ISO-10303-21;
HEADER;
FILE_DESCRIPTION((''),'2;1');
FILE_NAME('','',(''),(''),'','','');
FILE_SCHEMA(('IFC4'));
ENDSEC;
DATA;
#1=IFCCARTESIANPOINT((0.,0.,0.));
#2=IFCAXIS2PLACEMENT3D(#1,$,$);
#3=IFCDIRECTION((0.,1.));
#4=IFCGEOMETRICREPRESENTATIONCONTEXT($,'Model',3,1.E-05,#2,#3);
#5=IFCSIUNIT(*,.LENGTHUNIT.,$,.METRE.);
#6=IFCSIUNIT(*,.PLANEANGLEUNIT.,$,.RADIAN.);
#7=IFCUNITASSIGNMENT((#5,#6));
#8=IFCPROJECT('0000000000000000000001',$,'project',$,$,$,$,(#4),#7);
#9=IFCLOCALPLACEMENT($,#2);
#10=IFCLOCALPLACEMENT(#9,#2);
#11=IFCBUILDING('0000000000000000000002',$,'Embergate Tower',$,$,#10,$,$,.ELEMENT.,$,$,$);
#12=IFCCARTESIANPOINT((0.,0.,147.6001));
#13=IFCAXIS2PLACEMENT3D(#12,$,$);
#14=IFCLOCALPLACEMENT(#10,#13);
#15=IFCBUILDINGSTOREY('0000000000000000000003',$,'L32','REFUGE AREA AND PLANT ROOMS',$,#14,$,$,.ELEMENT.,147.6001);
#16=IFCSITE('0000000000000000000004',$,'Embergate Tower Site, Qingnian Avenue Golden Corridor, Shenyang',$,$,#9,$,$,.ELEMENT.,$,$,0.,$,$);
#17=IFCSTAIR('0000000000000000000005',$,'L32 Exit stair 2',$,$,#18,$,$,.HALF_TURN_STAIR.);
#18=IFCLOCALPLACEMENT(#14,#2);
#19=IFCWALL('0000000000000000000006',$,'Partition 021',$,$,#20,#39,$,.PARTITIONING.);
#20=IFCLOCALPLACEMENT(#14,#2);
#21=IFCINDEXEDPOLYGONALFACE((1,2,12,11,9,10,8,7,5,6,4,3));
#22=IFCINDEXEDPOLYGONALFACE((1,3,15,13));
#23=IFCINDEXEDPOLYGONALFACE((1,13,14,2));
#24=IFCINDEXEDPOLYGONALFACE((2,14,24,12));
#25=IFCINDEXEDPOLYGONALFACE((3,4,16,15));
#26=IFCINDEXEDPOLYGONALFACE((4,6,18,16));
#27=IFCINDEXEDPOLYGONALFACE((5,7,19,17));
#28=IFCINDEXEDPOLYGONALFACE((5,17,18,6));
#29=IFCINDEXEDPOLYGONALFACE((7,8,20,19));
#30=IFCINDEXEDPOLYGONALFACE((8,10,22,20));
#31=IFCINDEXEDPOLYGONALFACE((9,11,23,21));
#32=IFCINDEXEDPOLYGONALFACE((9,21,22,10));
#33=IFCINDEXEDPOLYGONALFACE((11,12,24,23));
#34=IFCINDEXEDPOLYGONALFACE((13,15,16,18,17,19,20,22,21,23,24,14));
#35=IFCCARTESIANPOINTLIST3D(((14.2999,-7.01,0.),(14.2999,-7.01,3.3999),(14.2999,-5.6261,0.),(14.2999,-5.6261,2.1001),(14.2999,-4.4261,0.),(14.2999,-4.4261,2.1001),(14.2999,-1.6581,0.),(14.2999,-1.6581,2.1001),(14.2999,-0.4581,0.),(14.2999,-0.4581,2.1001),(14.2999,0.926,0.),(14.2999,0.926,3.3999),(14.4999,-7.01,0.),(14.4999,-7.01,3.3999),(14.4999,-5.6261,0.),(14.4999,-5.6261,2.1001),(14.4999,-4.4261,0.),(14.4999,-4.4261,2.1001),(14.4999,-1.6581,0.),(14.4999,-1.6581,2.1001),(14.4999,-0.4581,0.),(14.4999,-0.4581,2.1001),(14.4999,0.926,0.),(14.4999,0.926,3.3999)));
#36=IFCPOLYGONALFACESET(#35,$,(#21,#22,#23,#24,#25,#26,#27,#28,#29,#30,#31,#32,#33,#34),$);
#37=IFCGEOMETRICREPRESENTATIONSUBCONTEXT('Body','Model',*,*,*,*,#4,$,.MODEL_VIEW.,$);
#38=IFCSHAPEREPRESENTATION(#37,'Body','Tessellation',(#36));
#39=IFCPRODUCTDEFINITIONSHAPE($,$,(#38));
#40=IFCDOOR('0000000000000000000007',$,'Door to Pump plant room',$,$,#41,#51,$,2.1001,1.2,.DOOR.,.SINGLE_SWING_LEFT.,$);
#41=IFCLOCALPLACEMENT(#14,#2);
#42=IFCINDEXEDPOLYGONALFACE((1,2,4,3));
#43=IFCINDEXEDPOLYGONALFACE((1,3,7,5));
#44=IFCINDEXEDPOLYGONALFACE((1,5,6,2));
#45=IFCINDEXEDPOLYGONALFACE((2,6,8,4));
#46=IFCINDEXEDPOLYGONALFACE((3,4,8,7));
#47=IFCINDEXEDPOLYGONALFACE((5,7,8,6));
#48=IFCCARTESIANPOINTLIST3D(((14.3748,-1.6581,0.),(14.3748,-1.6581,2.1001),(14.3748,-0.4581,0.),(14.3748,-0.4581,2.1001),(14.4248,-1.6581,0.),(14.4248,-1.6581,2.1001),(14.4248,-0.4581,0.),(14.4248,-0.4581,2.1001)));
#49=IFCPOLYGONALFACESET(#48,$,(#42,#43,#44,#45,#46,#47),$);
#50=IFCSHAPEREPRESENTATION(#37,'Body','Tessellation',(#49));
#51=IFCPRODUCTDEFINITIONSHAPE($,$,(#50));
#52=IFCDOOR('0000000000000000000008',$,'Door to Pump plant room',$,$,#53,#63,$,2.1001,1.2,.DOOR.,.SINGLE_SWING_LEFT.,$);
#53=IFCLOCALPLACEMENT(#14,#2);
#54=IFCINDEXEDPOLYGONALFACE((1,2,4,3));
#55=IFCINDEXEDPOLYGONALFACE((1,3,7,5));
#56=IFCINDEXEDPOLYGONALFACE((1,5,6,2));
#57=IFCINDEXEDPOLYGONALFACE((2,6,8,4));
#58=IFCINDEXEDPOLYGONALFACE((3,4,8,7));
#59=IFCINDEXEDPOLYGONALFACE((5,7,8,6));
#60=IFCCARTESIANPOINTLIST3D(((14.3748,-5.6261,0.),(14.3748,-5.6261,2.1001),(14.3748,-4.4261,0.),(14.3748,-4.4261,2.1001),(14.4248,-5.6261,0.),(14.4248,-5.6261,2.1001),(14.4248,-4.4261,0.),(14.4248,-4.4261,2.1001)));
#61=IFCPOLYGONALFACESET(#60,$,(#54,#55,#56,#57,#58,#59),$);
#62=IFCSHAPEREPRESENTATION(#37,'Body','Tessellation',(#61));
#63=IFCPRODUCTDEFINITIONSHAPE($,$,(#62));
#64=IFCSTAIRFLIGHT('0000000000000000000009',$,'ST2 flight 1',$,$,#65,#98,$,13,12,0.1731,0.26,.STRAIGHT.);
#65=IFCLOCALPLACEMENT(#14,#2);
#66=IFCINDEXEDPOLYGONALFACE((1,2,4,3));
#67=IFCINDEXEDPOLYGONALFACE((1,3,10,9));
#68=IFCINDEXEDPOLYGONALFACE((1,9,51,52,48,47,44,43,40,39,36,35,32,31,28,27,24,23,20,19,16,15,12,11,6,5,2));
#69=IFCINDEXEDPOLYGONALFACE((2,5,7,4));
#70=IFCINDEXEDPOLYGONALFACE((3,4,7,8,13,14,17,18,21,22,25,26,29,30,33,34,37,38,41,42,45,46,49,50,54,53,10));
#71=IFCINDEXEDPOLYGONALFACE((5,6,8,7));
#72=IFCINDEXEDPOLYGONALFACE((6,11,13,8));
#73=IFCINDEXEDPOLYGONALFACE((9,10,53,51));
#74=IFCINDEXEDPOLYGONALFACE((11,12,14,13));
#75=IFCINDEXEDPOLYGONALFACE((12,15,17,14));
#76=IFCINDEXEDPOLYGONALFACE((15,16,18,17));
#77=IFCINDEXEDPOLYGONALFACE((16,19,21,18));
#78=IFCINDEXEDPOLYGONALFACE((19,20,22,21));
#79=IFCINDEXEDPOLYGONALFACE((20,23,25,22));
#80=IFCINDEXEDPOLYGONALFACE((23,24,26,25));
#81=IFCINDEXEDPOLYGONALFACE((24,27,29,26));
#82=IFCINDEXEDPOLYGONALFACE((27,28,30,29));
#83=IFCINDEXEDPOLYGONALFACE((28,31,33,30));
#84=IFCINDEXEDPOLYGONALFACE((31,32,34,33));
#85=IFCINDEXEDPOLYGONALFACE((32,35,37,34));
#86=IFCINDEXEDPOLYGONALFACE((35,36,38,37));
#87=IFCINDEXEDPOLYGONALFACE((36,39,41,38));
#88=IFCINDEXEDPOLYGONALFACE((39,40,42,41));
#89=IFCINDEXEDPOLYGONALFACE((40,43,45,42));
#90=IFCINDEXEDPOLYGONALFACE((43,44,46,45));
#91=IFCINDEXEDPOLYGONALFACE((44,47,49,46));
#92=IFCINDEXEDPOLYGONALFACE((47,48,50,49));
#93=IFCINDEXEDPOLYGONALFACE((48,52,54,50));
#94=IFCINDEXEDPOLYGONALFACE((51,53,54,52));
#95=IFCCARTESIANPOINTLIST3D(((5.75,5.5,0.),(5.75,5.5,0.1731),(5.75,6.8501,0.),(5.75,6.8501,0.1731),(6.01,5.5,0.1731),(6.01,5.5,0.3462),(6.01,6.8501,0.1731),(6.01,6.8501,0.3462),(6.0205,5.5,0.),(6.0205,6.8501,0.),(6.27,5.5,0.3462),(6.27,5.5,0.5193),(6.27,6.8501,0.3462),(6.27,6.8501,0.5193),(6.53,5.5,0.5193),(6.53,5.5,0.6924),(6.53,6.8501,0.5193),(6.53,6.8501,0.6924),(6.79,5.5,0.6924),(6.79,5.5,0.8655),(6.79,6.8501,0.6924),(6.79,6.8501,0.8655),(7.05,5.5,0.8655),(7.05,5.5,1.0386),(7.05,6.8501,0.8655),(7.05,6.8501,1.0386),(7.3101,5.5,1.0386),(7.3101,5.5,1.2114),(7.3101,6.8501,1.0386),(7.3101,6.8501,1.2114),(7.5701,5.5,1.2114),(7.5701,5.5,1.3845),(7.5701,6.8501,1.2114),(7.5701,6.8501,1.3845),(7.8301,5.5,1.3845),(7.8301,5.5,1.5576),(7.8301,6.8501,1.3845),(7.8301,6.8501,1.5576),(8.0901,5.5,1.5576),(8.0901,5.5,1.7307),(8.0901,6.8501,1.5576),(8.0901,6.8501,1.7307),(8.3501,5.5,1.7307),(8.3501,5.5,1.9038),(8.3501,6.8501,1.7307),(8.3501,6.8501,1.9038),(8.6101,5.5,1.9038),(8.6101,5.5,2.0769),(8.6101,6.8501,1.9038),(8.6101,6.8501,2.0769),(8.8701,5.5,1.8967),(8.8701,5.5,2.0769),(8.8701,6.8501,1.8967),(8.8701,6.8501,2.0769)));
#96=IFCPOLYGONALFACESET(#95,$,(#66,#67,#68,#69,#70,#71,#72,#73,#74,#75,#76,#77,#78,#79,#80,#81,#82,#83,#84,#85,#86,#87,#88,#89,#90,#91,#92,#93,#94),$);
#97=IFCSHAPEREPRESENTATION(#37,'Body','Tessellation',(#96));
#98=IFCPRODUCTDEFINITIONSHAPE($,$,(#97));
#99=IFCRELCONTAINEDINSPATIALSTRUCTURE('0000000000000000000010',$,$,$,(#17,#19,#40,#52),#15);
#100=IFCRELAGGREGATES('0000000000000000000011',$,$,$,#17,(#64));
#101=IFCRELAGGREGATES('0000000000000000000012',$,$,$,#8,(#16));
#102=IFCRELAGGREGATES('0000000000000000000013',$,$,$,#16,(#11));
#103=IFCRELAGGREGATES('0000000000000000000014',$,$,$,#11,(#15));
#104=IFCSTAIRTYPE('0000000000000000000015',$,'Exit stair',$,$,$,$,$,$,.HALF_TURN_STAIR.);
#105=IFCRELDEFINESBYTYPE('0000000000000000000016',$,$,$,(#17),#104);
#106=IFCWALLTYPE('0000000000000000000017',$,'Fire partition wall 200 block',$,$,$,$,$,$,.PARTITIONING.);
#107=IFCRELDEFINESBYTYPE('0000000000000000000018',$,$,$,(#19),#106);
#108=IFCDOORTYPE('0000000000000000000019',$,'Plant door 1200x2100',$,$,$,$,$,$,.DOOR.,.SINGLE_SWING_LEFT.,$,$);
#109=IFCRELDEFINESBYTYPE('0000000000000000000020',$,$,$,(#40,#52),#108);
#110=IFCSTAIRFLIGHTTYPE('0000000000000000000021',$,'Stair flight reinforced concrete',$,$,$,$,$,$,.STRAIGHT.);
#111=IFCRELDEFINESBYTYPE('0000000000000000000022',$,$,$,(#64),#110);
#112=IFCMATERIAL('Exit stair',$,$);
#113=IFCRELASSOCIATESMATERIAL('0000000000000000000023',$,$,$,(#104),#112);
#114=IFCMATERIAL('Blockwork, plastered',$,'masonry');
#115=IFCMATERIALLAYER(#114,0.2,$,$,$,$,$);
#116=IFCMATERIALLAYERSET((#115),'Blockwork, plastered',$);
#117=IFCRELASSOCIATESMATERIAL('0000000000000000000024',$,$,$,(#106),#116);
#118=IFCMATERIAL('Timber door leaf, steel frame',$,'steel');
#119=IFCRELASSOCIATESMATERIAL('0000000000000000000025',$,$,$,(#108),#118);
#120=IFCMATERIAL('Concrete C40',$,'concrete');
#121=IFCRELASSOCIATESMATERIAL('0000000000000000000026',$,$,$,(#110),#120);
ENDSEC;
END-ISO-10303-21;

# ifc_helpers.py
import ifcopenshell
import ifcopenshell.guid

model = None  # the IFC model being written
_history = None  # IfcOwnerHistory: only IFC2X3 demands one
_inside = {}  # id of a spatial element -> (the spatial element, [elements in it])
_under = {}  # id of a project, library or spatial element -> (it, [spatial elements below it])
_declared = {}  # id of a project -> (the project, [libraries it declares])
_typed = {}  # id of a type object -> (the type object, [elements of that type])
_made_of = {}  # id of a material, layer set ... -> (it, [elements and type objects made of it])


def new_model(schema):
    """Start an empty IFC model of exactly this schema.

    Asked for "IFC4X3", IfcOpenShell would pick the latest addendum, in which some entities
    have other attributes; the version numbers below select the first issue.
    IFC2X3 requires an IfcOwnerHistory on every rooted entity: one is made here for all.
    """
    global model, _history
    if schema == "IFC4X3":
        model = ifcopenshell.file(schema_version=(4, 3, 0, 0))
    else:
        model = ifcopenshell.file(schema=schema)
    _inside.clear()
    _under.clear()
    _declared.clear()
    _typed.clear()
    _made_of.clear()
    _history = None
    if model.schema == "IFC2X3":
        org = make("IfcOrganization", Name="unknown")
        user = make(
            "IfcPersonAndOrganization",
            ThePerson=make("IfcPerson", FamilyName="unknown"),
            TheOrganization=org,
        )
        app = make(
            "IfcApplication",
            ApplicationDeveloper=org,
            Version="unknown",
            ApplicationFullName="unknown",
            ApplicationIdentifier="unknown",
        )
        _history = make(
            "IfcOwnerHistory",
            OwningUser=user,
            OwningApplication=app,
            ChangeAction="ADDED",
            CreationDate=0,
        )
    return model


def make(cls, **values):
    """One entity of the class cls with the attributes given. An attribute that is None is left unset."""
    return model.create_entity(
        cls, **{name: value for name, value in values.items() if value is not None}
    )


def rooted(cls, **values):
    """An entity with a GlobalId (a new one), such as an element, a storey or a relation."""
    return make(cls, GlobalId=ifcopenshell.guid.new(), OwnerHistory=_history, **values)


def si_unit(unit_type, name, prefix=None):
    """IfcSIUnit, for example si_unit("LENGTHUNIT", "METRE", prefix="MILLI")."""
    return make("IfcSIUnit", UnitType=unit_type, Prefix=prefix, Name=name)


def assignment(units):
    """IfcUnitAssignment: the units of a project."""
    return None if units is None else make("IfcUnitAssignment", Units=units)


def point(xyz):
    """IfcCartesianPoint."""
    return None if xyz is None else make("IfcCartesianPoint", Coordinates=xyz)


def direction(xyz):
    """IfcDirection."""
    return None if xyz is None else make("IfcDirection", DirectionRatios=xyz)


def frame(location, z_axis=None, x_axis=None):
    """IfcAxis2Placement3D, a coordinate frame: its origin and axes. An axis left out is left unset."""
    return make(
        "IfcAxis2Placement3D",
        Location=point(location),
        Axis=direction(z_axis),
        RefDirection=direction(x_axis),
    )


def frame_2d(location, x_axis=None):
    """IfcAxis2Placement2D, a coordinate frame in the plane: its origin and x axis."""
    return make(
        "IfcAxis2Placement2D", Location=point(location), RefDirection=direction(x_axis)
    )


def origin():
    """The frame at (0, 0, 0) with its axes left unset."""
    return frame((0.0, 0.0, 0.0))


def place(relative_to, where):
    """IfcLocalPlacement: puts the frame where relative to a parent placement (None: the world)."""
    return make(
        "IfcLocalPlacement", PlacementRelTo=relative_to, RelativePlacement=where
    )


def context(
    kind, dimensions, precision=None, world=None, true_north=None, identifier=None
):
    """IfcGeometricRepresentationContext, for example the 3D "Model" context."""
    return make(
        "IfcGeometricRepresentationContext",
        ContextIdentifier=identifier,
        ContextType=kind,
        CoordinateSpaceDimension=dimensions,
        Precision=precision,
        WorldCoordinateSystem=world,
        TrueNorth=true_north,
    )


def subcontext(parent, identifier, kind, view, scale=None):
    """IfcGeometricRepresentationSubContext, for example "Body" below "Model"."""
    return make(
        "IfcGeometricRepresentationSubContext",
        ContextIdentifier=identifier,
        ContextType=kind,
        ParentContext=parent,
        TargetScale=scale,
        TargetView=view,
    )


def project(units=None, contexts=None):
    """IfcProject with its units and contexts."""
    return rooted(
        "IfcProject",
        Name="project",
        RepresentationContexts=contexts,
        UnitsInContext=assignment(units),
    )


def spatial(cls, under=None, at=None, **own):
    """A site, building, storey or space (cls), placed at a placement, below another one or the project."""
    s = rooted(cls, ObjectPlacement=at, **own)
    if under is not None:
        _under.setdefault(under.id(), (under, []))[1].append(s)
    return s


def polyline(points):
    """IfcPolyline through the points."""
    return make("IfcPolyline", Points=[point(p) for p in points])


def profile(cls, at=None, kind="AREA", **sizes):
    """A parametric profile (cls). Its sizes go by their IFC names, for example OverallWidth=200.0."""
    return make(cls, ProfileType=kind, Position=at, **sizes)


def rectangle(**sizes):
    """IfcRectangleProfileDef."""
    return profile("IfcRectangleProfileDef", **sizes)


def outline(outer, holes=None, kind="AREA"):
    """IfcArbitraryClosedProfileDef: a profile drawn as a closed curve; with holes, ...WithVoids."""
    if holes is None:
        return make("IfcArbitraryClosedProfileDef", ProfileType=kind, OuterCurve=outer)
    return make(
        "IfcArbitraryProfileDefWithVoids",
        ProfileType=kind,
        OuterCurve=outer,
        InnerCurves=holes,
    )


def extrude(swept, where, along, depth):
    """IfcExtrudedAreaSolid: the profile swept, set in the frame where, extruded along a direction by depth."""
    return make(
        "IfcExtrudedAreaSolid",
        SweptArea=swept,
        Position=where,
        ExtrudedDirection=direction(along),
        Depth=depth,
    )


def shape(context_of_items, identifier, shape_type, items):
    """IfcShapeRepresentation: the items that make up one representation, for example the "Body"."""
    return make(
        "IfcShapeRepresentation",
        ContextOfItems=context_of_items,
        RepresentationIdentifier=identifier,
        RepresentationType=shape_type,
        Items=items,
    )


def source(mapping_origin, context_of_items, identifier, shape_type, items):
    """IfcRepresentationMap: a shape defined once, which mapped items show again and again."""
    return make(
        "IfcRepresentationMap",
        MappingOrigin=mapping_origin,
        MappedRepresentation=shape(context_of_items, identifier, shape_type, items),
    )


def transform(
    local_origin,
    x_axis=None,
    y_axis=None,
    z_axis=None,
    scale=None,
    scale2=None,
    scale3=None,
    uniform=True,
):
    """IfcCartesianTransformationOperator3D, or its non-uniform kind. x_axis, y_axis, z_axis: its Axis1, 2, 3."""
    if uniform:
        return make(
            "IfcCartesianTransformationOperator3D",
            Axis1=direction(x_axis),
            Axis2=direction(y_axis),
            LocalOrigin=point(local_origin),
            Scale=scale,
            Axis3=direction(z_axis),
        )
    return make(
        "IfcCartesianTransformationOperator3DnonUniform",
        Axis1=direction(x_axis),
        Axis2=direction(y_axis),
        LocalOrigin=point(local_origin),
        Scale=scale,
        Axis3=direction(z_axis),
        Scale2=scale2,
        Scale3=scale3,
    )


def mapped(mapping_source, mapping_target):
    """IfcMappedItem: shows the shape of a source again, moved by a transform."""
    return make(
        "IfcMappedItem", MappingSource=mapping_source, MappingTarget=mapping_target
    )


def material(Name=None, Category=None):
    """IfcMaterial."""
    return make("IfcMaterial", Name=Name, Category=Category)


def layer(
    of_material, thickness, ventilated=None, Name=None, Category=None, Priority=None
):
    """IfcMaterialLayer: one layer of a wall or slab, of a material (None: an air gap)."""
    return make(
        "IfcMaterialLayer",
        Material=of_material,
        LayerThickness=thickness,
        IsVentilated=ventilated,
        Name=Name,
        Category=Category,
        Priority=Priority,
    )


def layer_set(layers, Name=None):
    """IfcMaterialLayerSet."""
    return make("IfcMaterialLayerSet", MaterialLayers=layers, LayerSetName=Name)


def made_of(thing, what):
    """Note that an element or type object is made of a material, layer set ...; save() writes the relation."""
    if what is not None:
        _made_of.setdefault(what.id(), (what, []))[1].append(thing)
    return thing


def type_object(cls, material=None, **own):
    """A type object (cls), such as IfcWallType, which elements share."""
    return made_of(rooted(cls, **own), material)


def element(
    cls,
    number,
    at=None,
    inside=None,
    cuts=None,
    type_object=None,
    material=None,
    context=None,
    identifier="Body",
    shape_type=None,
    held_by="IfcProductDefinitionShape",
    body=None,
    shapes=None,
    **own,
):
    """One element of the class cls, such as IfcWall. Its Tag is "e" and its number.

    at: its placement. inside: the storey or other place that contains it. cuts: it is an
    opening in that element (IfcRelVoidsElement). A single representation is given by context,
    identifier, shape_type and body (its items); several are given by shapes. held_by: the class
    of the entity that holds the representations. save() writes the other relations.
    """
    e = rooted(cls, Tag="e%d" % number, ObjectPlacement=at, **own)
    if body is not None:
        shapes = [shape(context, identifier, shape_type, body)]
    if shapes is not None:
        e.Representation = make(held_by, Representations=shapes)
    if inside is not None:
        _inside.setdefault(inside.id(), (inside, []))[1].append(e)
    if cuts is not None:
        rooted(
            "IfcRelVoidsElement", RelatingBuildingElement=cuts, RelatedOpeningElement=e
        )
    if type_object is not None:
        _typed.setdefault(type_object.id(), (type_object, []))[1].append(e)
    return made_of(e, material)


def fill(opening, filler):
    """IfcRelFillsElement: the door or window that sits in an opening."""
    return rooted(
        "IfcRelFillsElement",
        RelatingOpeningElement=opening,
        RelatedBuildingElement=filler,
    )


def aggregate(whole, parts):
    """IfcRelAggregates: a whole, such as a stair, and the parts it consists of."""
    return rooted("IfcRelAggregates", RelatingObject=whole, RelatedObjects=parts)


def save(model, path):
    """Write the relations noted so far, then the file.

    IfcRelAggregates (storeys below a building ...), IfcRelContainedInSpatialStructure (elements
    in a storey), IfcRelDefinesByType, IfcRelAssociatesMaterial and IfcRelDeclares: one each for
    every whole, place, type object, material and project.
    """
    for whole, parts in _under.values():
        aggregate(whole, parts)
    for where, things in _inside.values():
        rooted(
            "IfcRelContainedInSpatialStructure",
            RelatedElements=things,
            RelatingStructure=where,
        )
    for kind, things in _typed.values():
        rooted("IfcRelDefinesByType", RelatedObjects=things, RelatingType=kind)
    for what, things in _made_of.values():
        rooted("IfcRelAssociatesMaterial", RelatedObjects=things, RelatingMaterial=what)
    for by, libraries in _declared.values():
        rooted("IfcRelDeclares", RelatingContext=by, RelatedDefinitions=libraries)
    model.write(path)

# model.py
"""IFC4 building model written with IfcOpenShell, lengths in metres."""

from ifc_helpers import new_model, si_unit, direction, frame, frame_2d, origin, place, context, subcontext, project, spatial, polyline, rectangle, outline, extrude, source, transform, mapped, material, layer, layer_set, type_object, element, fill, aggregate, save


model = new_model("IFC4")

# Units and contexts
model_context = context("Model", 3, precision=1e-05, world=origin(), true_north=direction((0.0, 1.0)))
body_context = subcontext(model_context, "Body", "Model", "MODEL_VIEW")
ifc_project = project(units=[si_unit("LENGTHUNIT", "METRE"), si_unit("PLANEANGLEUNIT", "RADIAN")], contexts=[model_context])

# Site, building, storey
site_placement = place(None, origin())
site = spatial("IfcSite", under=ifc_project, at=site_placement, Name="Embergate Tower Site, Qingnian Avenue Golden Corridor, Shenyang", CompositionType="ELEMENT", RefElevation=0.0)
building_placement = place(site_placement, origin())
building = spatial("IfcBuilding", under=site, at=building_placement, Name="Embergate Tower", CompositionType="ELEMENT")
storey_placement = place(building_placement, frame((0.0, 0.0, 147.6001)))
storey = spatial("IfcBuildingStorey", under=building, at=storey_placement, Name="L32", Description="REFUGE AREA AND PLANT ROOMS", CompositionType="ELEMENT", Elevation=147.6001)

# Stair
ifc_material_1 = material(Name="Exit stair")
stair_type = type_object("IfcStairType", Name="Exit stair", PredefinedType="HALF_TURN_STAIR", material=ifc_material_1)
stair_placement = place(storey_placement, origin())
stair = element("IfcStair", 1, at=stair_placement, inside=storey, type_object=stair_type, Name="L32 Exit stair 2", PredefinedType="HALF_TURN_STAIR")
ifc_material_2 = material(Name="Concrete C40", Category="concrete")

# Wall, openings, doors
ifc_material_3 = material(Name="Blockwork, plastered", Category="masonry")
ifc_layer_1 = layer(ifc_material_3, 0.2)
ifc_layer_set_1 = layer_set([ifc_layer_1], Name="Blockwork, plastered")
wall_type_1 = type_object("IfcWallType", Name="Fire partition wall 200 block", PredefinedType="PARTITIONING", material=ifc_layer_set_1)
shared_shape_1 = source(origin(), body_context, "Body", "SweptSolid", [
    extrude(rectangle(XDim=7.936, YDim=0.2, at=frame_2d((3.968, 0.0))), origin(), (0.0, 0.0, 1.0), 3.3999),
])
wall_1_placement = place(storey_placement, frame((14.3999, 0.926, 0.0), z_axis=(0.0, 0.0, 1.0), x_axis=(0.0, -1.0, 0.0)))
wall_1 = element("IfcWall", 2, at=wall_1_placement, inside=storey, type_object=wall_type_1, Name="Partition 021", PredefinedType="PARTITIONING", context=body_context, shape_type="MappedRepresentation", body=[
    mapped(shared_shape_1, transform((0.0, 0.0, 0.0))),
])
shared_shape_2 = source(origin(), body_context, "Body", "SweptSolid", [
    extrude(rectangle(XDim=1.2, YDim=2.1001, at=frame_2d((0.6001, 1.05))), frame((0.0, 0.1099, 0.0), z_axis=(0.0, -1.0, 0.0), x_axis=(1.0, 0.0, 0.0)), (0.0, 0.0, 1.0), 0.22),
])
opening_1_placement = place(wall_1_placement, frame((1.384, 0.0, 0.0)))
opening_1 = element("IfcOpeningElement", 3, at=opening_1_placement, cuts=wall_1, PredefinedType="OPENING", context=body_context, shape_type="MappedRepresentation", body=[
    mapped(shared_shape_2, transform((0.0, 0.0, 0.0))),
])
opening_2_placement = place(wall_1_placement, frame((5.3521, 0.0, 0.0)))
opening_2 = element("IfcOpeningElement", 4, at=opening_2_placement, cuts=wall_1, PredefinedType="OPENING", context=body_context, shape_type="MappedRepresentation", body=[
    mapped(shared_shape_2, transform((0.0, 0.0, 0.0))),
])
ifc_material_4 = material(Name="Timber door leaf, steel frame", Category="steel")
door_type_1 = type_object("IfcDoorType", Name="Plant door 1200x2100", OperationType="SINGLE_SWING_LEFT", PredefinedType="DOOR", material=ifc_material_4)
shared_shape_3 = source(origin(), body_context, "Body", "SweptSolid", [
    extrude(rectangle(XDim=1.2, YDim=2.1001, at=frame_2d((0.6001, 1.05))), frame((0.0, 0.0249, 0.0), z_axis=(0.0, -1.0, 0.0), x_axis=(1.0, 0.0, 0.0)), (0.0, 0.0, 1.0), 0.05),
])
door_1_placement = place(opening_1_placement, origin())
door_1 = element("IfcDoor", 5, at=door_1_placement, inside=storey, type_object=door_type_1, Name="Door to Pump plant room", OperationType="SINGLE_SWING_LEFT", OverallHeight=2.1001, OverallWidth=1.2, PredefinedType="DOOR", context=body_context, shape_type="MappedRepresentation", body=[
    mapped(shared_shape_3, transform((0.0, 0.0, 0.0))),
])
fill(opening_1, door_1)
door_2_placement = place(opening_2_placement, origin())
door_2 = element("IfcDoor", 6, at=door_2_placement, inside=storey, type_object=door_type_1, Name="Door to Pump plant room", OperationType="SINGLE_SWING_LEFT", OverallHeight=2.1001, OverallWidth=1.2, PredefinedType="DOOR", context=body_context, shape_type="MappedRepresentation", body=[
    mapped(shared_shape_3, transform((0.0, 0.0, 0.0))),
])
fill(opening_2, door_2)

# Stair flight
stair_flight_type = type_object("IfcStairFlightType", Name="Stair flight reinforced concrete", PredefinedType="STRAIGHT", material=ifc_material_2)
shared_shape_4 = source(origin(), body_context, "Body", "SweptSolid", [
    extrude(outline(polyline([(0.0, 0.0), (0.0, 0.1731), (0.26, 0.1731), (0.26, 0.3462), (0.52, 0.3462), (0.52, 0.5193), (0.78, 0.5193), (0.78, 0.6924), (1.04, 0.6924), (1.04, 0.8655), (1.3, 0.8655), (1.3, 1.0386), (1.5601, 1.0386), (1.5601, 1.2114), (1.8201, 1.2114), (1.8201, 1.3845), (2.0801, 1.3845), (2.0801, 1.5576), (2.3401, 1.5576), (2.3401, 1.7307), (2.6001, 1.7307), (2.6001, 1.9038), (2.8601, 1.9038), (2.8601, 2.0769), (3.1201, 2.0769), (3.1201, 2.25), (3.1201, 1.8967), (0.2705, 0.0), (0.0, 0.0)])), frame((0.0, 0.675, 0.0), z_axis=(0.0, -1.0, 0.0), x_axis=(1.0, 0.0, 0.0)), (0.0, 0.0, 1.0), 1.3501),
])
stair_flight_placement = place(storey_placement, frame((5.75, 6.175, 0.0), z_axis=(0.0, 0.0, 1.0), x_axis=(1.0, 0.0, 0.0)))
stair_flight = element("IfcStairFlight", 7, at=stair_flight_placement, type_object=stair_flight_type, Name="ST2 flight 1", NumberOfRisers=13, NumberOfTreads=12, PredefinedType="STRAIGHT", RiserHeight=0.1731, TreadLength=0.26, context=body_context, shape_type="MappedRepresentation", body=[
    mapped(shared_shape_4, transform((0.0, 0.0, 0.0))),
])
aggregate(stair, [stair_flight])

save(model, "model.ifc")
